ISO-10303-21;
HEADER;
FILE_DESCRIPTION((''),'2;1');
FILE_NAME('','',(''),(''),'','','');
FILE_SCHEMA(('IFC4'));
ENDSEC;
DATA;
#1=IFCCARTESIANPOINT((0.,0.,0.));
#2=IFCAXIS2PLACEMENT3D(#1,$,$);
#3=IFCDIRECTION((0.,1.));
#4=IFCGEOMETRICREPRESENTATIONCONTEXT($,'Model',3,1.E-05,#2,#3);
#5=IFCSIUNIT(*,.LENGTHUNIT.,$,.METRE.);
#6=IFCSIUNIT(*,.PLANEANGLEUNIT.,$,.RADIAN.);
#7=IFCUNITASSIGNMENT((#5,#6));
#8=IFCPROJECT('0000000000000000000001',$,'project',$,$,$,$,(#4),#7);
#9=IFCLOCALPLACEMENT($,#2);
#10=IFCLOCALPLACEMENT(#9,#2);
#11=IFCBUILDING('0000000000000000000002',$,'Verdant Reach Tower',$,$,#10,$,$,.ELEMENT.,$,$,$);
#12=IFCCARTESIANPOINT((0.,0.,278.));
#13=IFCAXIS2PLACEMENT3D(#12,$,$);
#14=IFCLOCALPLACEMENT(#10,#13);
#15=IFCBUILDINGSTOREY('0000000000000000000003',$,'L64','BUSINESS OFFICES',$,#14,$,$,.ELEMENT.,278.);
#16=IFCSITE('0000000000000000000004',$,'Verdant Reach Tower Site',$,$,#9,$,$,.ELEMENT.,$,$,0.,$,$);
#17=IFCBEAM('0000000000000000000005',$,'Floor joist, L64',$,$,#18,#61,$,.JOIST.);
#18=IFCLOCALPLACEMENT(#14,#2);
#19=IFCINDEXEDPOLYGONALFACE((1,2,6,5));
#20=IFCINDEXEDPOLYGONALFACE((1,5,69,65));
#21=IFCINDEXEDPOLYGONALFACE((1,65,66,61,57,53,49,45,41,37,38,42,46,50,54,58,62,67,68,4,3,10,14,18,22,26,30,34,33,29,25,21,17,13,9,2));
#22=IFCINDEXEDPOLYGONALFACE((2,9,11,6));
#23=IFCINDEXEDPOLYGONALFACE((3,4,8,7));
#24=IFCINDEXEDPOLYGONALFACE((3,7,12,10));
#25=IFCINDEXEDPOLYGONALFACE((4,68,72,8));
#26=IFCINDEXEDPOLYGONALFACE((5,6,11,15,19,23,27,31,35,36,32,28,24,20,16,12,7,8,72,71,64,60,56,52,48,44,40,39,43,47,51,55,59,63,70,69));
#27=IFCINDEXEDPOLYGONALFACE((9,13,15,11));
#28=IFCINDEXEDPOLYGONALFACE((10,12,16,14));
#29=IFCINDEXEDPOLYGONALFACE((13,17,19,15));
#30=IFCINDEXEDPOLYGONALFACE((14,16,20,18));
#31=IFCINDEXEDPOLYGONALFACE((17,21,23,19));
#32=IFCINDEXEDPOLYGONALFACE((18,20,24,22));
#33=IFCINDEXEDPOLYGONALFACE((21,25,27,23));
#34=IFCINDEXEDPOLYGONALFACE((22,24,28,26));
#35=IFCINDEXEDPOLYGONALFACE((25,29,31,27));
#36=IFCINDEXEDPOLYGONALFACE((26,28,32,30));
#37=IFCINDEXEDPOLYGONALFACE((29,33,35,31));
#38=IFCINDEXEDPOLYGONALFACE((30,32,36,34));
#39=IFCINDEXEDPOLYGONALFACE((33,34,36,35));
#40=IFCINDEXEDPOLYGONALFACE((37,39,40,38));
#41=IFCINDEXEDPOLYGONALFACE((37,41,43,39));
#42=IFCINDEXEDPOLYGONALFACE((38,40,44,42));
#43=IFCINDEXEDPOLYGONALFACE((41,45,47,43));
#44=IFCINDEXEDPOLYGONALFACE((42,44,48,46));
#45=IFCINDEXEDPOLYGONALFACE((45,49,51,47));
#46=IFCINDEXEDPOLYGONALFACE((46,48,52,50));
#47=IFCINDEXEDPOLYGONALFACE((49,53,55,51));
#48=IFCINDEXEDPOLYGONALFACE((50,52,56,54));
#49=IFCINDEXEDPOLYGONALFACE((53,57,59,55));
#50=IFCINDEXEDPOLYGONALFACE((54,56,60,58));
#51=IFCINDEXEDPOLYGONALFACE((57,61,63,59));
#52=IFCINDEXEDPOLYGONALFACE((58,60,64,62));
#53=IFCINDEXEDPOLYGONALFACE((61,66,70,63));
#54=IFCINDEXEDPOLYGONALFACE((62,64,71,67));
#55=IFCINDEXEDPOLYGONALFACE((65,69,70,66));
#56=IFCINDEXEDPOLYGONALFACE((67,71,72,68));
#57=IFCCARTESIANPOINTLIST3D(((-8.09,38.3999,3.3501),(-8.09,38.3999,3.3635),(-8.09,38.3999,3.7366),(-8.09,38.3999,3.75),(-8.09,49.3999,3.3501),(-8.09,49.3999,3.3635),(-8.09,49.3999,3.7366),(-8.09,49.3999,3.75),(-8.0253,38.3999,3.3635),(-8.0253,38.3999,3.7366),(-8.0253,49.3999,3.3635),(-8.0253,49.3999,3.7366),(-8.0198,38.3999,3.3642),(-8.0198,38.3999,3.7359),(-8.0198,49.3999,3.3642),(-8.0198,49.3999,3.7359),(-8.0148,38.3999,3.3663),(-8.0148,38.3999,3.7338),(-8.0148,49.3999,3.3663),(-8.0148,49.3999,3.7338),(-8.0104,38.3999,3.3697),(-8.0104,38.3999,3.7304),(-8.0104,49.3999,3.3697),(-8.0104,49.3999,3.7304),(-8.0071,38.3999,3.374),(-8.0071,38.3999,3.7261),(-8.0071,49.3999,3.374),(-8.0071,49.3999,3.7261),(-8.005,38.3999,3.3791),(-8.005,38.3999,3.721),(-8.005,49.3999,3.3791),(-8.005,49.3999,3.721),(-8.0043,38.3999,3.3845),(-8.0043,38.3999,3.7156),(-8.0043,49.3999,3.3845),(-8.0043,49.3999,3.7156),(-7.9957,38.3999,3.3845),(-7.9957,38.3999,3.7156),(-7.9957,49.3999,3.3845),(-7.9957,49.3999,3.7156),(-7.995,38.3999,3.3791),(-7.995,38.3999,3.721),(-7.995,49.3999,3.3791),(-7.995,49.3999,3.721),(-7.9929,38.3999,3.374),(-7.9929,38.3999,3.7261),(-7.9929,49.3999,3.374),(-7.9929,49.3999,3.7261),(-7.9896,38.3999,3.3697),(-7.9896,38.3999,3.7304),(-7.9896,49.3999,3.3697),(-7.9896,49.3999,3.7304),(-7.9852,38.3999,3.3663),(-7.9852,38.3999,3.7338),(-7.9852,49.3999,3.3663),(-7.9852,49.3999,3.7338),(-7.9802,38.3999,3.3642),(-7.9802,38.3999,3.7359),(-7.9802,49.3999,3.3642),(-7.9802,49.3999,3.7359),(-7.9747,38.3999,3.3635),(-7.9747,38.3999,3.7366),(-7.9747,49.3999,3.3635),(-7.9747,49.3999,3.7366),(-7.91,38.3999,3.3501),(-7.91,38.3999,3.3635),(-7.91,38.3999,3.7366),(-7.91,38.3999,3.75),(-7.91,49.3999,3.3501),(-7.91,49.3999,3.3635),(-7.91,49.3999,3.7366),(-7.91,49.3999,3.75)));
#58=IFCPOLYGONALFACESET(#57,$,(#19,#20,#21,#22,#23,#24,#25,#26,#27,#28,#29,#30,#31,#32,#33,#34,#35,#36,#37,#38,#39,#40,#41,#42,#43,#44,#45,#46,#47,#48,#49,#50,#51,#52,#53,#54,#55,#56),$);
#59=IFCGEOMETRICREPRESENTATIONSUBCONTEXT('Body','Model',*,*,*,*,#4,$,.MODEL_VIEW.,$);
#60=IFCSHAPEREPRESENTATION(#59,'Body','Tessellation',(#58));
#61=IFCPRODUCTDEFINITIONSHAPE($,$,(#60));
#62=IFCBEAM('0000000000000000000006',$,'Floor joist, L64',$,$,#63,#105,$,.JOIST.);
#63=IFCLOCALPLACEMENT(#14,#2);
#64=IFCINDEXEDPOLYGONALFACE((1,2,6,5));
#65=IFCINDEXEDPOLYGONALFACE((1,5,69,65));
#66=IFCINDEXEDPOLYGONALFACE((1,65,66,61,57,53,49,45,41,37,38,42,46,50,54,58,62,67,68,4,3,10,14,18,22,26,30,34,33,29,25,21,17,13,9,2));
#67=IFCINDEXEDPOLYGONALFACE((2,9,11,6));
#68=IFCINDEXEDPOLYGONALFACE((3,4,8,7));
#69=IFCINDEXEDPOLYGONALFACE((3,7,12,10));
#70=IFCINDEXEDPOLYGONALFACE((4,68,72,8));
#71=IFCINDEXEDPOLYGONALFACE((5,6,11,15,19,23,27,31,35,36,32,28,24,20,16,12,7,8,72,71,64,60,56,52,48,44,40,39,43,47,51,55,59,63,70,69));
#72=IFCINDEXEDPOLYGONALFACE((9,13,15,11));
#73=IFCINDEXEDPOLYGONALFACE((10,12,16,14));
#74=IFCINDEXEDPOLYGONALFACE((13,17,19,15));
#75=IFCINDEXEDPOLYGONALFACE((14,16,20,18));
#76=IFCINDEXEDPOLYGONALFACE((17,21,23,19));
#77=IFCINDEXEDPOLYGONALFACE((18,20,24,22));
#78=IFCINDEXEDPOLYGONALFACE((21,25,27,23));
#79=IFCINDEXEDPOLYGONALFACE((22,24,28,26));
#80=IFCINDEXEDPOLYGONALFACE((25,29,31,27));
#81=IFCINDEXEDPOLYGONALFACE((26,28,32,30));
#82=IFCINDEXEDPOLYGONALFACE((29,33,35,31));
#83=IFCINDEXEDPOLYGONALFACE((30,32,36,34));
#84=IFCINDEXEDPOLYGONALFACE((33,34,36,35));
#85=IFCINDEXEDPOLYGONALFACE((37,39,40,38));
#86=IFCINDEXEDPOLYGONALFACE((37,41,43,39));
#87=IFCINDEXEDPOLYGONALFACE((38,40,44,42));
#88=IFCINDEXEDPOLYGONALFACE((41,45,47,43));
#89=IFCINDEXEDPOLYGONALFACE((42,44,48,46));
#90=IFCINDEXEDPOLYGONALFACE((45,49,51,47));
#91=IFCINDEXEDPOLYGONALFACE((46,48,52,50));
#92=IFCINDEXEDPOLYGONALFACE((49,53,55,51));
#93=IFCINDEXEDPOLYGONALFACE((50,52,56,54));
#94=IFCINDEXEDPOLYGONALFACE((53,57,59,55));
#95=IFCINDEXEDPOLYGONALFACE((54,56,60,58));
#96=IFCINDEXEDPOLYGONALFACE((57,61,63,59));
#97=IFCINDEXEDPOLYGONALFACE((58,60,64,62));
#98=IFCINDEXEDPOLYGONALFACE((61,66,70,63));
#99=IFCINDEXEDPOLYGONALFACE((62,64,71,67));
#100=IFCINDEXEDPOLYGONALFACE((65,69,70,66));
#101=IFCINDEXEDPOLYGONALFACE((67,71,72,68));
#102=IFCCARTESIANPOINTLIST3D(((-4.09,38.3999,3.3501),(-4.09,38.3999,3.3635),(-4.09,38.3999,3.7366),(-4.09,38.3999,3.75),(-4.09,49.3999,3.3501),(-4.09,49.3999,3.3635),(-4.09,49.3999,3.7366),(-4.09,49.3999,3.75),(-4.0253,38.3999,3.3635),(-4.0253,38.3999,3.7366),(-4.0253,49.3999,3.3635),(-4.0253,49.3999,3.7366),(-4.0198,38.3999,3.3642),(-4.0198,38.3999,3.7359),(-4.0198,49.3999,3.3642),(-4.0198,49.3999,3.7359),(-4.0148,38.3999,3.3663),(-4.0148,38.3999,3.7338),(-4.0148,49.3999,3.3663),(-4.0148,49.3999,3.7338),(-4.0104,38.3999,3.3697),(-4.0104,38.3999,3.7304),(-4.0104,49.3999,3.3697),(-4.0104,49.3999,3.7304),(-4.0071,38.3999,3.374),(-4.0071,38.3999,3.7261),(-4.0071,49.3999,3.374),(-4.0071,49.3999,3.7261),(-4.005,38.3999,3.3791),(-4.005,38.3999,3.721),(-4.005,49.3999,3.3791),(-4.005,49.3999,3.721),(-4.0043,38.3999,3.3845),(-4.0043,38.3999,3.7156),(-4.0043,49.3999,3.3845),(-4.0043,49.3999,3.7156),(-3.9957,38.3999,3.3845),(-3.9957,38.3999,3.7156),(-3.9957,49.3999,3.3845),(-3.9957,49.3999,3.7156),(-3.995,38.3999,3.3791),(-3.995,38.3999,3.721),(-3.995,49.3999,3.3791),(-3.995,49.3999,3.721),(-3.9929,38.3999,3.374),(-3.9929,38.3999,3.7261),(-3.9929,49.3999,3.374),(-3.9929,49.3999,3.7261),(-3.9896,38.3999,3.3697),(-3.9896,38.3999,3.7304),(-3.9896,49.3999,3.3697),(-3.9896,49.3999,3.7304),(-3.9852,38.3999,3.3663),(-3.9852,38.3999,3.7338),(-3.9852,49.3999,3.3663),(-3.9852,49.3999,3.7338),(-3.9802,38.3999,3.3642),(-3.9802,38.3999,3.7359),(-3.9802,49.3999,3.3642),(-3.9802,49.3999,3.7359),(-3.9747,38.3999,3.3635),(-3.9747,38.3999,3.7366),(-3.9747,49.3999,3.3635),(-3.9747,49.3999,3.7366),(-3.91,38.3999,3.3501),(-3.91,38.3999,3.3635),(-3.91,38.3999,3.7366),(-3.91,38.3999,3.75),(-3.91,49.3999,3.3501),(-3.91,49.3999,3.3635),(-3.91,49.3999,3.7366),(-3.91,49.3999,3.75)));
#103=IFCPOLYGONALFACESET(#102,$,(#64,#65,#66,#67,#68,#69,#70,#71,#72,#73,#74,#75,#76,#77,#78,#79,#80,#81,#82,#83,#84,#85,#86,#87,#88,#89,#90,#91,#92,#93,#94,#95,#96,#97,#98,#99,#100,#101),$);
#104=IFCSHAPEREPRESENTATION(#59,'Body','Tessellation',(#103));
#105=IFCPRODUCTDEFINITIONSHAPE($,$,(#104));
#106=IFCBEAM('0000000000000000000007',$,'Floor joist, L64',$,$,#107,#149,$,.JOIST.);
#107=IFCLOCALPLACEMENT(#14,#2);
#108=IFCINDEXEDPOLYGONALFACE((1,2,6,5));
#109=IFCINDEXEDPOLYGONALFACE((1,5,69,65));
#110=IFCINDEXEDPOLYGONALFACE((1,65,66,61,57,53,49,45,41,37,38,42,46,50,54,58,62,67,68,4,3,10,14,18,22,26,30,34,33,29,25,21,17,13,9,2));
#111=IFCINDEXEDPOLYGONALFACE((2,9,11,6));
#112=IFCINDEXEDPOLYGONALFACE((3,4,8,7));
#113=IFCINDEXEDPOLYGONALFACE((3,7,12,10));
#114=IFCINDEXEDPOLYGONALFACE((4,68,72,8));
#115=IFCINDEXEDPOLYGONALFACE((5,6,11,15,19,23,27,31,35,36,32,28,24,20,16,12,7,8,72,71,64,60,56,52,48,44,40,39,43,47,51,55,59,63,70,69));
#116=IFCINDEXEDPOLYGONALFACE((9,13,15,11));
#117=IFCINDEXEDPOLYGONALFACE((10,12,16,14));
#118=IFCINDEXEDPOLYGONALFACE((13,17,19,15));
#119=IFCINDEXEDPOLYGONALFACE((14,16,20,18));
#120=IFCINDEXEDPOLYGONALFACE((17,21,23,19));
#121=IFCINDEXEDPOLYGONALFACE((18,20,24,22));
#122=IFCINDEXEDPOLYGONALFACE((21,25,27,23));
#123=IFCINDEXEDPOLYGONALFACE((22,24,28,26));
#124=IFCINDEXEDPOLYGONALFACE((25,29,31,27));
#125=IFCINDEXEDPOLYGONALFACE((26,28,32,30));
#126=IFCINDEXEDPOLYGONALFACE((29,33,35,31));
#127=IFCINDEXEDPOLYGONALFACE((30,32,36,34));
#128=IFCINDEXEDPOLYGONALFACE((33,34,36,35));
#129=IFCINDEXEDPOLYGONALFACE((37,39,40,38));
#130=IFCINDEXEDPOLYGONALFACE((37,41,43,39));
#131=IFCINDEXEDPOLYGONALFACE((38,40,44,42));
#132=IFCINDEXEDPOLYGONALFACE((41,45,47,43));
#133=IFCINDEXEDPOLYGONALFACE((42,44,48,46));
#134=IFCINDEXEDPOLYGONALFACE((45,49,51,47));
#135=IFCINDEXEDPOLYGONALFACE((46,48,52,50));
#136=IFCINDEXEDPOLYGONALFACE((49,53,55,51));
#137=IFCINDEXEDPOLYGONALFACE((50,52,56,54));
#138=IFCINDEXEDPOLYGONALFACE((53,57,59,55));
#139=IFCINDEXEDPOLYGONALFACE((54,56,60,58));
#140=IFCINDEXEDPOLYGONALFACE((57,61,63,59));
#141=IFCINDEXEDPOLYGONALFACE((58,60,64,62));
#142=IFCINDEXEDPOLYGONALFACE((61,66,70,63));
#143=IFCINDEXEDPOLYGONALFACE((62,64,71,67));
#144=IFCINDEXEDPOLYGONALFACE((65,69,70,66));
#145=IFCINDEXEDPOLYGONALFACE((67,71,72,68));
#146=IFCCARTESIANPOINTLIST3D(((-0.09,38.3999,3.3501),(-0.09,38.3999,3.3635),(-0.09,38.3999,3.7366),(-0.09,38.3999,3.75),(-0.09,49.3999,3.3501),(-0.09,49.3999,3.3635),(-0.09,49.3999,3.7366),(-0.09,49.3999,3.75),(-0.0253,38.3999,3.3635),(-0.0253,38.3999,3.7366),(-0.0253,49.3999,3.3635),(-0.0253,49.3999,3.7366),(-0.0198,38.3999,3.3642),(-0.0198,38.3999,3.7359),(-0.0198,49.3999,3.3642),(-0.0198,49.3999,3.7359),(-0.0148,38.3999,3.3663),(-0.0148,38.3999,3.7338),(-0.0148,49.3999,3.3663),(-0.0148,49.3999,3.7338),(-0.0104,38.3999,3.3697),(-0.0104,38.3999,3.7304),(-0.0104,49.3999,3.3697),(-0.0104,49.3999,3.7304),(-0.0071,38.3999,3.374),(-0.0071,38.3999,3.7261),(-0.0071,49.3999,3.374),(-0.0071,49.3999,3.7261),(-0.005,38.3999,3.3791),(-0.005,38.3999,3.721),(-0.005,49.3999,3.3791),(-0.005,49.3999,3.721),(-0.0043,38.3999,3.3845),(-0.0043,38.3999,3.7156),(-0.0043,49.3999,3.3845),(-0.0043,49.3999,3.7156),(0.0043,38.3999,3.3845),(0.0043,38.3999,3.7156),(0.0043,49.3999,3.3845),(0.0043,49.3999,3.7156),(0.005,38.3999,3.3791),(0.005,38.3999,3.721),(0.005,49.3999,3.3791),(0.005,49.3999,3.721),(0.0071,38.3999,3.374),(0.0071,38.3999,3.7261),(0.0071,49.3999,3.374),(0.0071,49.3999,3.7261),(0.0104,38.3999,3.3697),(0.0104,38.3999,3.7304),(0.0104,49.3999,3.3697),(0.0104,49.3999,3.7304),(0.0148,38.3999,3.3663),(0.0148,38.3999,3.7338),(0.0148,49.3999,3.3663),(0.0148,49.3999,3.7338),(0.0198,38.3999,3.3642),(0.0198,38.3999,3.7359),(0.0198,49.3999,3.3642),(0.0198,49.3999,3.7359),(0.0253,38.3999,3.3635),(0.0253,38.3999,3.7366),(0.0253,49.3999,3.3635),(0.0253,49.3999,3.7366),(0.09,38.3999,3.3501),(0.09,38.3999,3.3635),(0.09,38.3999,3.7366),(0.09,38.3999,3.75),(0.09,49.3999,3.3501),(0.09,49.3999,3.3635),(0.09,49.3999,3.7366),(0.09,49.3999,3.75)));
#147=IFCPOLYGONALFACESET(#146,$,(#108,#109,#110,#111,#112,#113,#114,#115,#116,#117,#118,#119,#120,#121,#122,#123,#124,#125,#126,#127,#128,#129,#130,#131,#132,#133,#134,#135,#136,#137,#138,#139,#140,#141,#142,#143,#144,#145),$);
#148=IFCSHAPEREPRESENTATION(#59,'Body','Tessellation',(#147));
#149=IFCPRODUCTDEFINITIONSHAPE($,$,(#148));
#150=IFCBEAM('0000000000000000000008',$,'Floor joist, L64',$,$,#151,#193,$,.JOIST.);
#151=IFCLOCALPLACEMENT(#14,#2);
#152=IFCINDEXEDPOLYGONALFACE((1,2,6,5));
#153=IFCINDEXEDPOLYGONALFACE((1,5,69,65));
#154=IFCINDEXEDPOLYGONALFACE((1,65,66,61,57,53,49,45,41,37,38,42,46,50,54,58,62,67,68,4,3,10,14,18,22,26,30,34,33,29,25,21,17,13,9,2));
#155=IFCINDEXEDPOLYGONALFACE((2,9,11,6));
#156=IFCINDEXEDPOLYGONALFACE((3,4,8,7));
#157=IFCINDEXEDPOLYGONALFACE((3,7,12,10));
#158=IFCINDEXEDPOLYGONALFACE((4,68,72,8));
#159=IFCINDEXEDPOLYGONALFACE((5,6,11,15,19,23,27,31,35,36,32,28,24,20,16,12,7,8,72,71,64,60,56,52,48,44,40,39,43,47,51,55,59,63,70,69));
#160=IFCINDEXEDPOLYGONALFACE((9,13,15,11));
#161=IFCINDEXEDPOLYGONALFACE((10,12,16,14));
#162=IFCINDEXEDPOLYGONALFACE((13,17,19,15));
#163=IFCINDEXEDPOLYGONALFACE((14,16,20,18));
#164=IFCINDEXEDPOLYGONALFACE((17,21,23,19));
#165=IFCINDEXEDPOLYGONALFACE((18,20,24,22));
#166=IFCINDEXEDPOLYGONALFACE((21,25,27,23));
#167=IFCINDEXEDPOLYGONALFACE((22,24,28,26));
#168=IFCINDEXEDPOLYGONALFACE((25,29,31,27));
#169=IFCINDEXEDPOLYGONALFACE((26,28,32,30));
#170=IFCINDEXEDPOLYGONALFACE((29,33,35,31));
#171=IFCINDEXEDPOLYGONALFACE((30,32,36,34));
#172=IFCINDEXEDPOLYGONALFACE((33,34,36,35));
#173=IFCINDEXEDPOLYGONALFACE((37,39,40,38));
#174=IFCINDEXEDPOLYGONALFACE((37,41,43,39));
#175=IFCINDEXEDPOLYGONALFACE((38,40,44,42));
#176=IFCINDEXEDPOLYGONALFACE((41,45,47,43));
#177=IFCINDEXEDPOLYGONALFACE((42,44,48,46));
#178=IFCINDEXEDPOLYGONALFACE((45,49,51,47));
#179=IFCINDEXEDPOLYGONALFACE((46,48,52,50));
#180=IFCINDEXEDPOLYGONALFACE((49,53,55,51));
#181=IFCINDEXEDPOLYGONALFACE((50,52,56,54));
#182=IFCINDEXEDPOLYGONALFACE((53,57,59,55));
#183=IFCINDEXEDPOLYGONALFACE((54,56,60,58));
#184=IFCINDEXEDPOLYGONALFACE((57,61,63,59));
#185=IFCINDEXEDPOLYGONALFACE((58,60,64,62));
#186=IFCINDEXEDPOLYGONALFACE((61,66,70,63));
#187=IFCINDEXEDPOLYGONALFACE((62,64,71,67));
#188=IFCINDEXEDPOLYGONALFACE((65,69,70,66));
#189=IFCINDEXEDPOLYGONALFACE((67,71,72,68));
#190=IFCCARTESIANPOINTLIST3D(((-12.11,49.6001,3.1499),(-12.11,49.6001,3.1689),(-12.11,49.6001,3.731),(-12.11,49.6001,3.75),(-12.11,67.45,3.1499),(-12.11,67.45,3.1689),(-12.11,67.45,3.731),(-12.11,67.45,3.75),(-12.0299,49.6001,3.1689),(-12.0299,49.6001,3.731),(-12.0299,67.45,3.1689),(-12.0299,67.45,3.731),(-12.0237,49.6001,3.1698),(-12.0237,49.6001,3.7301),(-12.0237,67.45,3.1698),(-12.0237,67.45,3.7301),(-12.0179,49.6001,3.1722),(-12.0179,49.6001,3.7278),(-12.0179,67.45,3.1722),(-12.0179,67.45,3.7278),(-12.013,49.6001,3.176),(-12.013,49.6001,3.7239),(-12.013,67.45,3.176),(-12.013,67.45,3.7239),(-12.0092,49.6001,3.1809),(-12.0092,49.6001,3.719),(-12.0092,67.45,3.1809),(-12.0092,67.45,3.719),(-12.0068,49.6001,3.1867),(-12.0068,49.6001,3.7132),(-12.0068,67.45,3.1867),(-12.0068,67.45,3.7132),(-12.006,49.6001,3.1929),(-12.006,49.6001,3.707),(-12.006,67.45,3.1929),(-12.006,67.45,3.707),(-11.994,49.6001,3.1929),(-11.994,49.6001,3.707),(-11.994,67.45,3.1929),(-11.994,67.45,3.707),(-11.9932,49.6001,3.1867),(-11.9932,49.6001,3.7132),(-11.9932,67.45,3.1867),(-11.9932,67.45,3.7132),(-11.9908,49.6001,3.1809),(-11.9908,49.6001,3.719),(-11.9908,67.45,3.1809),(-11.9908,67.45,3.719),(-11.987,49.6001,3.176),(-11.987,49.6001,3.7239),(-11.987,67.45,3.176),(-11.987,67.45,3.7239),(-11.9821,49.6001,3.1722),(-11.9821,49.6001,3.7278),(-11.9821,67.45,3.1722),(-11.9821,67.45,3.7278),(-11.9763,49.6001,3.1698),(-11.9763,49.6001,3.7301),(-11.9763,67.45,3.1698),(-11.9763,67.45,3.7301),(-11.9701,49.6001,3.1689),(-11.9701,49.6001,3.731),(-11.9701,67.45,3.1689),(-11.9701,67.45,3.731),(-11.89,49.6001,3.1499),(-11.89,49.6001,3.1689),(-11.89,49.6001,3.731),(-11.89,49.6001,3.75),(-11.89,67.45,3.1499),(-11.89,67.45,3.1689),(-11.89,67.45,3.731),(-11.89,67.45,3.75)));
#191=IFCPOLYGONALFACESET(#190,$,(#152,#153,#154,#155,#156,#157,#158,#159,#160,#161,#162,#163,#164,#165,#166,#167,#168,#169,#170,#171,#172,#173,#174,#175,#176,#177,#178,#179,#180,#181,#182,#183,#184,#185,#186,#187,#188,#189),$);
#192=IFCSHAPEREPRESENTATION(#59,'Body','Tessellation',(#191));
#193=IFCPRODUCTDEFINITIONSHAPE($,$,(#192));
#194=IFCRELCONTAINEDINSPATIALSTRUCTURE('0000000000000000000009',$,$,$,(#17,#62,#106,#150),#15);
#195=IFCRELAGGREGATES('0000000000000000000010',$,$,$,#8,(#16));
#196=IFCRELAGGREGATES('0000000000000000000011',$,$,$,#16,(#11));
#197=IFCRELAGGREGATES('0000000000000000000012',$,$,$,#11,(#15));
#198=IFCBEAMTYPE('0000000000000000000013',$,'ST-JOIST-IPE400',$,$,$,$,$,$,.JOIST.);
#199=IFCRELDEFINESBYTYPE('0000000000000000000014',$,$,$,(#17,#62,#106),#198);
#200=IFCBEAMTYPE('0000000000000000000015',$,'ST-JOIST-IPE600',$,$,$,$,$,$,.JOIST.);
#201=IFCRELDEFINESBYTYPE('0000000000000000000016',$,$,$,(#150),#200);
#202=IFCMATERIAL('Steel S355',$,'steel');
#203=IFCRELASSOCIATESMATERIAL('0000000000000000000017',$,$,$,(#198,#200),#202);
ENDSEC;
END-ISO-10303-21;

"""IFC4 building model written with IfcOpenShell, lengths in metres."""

from ifc_helpers import new_model, si_unit, direction, frame, origin, origin_2d, place, context, subcontext, project, spatial, i_section, extrude, material, material_profile, profile_set, type_object, element, save


model = new_model("IFC4")

# Units and contexts
model_context = context("Model", 3, precision=1e-05, world=origin(), true_north=direction((0.0, 1.0)))
body_context = subcontext(model_context, "Body", "Model", "MODEL_VIEW")
ifc_project = project(units=[si_unit("LENGTHUNIT", "METRE"), si_unit("PLANEANGLEUNIT", "RADIAN")], contexts=[model_context])

# Site, building, storey
site_placement = place(None, origin())
site = spatial("IfcSite", under=ifc_project, at=site_placement, Name="Verdant Reach Tower Site", CompositionType="ELEMENT", RefElevation=0.0)
building_placement = place(site_placement, origin())
building = spatial("IfcBuilding", under=site, at=building_placement, Name="Verdant Reach Tower", CompositionType="ELEMENT")
storey_placement = place(building_placement, frame((0.0, 0.0, 278.0)))
storey = spatial("IfcBuildingStorey", under=building, at=storey_placement, Name="L64", Description="BUSINESS OFFICES", CompositionType="ELEMENT", Elevation=278.0)

# Beams
ifc_material_1 = material(Name="Steel S355", Category="steel")
ifc_material_profile_1 = material_profile(ifc_material_1, i_section(OverallWidth=0.1799, OverallDepth=0.3999, WebThickness=0.0085, FlangeThickness=0.0134, FilletRadius=0.021, at=origin_2d()), Name="IPE 400")
ifc_profile_set_1 = profile_set([ifc_material_profile_1], Name="Steel S355")
beam_type_1 = type_object("IfcBeamType", Name="ST-JOIST-IPE400", PredefinedType="JOIST", material=ifc_profile_set_1)
for number, where, z_axis, x_axis, name in (
    (1, (-8.0, 38.3999, 3.55), (0.0, 1.0, 0.0), (-1.0, 0.0, 0.0), "Floor joist, L64"),
    (2, (-4.0, 38.3999, 3.55), (0.0, 1.0, 0.0), (-1.0, 0.0, 0.0), "Floor joist, L64"),
    (3, (0.0, 38.3999, 3.55), (0.0, 1.0, 0.0), (-1.0, 0.0, 0.0), "Floor joist, L64"),
):
    element("IfcBeam", number, at=place(storey_placement, frame(where, z_axis=z_axis, x_axis=x_axis)), inside=storey, type_object=beam_type_1, Name=name, PredefinedType="JOIST", context=body_context, shape_type="SweptSolid", body=[
        extrude(i_section(OverallWidth=0.1799, OverallDepth=0.3999, WebThickness=0.0085, FlangeThickness=0.0134, FilletRadius=0.021, at=origin_2d()), origin(), (0.0, 0.0, 1.0), 11.0),
    ])
ifc_material_profile_2 = material_profile(ifc_material_1, i_section(OverallWidth=0.22, OverallDepth=0.6001, WebThickness=0.012, FlangeThickness=0.019, FilletRadius=0.0239, at=origin_2d()), Name="IPE 600")
ifc_profile_set_2 = profile_set([ifc_material_profile_2], Name="Steel S355")
beam_type_2 = type_object("IfcBeamType", Name="ST-JOIST-IPE600", PredefinedType="JOIST", material=ifc_profile_set_2)
beam_1_placement = place(storey_placement, frame((-12.0, 49.6001, 3.45), z_axis=(0.0, 1.0, 0.0), x_axis=(-1.0, 0.0, 0.0)))
element("IfcBeam", 4, at=beam_1_placement, inside=storey, type_object=beam_type_2, Name="Floor joist, L64", PredefinedType="JOIST", context=body_context, shape_type="SweptSolid", body=[
    extrude(i_section(OverallWidth=0.22, OverallDepth=0.6001, WebThickness=0.012, FlangeThickness=0.019, FilletRadius=0.0239, at=origin_2d()), origin(), (0.0, 0.0, 1.0), 17.8499),
])

save(model, "model.ifc")
